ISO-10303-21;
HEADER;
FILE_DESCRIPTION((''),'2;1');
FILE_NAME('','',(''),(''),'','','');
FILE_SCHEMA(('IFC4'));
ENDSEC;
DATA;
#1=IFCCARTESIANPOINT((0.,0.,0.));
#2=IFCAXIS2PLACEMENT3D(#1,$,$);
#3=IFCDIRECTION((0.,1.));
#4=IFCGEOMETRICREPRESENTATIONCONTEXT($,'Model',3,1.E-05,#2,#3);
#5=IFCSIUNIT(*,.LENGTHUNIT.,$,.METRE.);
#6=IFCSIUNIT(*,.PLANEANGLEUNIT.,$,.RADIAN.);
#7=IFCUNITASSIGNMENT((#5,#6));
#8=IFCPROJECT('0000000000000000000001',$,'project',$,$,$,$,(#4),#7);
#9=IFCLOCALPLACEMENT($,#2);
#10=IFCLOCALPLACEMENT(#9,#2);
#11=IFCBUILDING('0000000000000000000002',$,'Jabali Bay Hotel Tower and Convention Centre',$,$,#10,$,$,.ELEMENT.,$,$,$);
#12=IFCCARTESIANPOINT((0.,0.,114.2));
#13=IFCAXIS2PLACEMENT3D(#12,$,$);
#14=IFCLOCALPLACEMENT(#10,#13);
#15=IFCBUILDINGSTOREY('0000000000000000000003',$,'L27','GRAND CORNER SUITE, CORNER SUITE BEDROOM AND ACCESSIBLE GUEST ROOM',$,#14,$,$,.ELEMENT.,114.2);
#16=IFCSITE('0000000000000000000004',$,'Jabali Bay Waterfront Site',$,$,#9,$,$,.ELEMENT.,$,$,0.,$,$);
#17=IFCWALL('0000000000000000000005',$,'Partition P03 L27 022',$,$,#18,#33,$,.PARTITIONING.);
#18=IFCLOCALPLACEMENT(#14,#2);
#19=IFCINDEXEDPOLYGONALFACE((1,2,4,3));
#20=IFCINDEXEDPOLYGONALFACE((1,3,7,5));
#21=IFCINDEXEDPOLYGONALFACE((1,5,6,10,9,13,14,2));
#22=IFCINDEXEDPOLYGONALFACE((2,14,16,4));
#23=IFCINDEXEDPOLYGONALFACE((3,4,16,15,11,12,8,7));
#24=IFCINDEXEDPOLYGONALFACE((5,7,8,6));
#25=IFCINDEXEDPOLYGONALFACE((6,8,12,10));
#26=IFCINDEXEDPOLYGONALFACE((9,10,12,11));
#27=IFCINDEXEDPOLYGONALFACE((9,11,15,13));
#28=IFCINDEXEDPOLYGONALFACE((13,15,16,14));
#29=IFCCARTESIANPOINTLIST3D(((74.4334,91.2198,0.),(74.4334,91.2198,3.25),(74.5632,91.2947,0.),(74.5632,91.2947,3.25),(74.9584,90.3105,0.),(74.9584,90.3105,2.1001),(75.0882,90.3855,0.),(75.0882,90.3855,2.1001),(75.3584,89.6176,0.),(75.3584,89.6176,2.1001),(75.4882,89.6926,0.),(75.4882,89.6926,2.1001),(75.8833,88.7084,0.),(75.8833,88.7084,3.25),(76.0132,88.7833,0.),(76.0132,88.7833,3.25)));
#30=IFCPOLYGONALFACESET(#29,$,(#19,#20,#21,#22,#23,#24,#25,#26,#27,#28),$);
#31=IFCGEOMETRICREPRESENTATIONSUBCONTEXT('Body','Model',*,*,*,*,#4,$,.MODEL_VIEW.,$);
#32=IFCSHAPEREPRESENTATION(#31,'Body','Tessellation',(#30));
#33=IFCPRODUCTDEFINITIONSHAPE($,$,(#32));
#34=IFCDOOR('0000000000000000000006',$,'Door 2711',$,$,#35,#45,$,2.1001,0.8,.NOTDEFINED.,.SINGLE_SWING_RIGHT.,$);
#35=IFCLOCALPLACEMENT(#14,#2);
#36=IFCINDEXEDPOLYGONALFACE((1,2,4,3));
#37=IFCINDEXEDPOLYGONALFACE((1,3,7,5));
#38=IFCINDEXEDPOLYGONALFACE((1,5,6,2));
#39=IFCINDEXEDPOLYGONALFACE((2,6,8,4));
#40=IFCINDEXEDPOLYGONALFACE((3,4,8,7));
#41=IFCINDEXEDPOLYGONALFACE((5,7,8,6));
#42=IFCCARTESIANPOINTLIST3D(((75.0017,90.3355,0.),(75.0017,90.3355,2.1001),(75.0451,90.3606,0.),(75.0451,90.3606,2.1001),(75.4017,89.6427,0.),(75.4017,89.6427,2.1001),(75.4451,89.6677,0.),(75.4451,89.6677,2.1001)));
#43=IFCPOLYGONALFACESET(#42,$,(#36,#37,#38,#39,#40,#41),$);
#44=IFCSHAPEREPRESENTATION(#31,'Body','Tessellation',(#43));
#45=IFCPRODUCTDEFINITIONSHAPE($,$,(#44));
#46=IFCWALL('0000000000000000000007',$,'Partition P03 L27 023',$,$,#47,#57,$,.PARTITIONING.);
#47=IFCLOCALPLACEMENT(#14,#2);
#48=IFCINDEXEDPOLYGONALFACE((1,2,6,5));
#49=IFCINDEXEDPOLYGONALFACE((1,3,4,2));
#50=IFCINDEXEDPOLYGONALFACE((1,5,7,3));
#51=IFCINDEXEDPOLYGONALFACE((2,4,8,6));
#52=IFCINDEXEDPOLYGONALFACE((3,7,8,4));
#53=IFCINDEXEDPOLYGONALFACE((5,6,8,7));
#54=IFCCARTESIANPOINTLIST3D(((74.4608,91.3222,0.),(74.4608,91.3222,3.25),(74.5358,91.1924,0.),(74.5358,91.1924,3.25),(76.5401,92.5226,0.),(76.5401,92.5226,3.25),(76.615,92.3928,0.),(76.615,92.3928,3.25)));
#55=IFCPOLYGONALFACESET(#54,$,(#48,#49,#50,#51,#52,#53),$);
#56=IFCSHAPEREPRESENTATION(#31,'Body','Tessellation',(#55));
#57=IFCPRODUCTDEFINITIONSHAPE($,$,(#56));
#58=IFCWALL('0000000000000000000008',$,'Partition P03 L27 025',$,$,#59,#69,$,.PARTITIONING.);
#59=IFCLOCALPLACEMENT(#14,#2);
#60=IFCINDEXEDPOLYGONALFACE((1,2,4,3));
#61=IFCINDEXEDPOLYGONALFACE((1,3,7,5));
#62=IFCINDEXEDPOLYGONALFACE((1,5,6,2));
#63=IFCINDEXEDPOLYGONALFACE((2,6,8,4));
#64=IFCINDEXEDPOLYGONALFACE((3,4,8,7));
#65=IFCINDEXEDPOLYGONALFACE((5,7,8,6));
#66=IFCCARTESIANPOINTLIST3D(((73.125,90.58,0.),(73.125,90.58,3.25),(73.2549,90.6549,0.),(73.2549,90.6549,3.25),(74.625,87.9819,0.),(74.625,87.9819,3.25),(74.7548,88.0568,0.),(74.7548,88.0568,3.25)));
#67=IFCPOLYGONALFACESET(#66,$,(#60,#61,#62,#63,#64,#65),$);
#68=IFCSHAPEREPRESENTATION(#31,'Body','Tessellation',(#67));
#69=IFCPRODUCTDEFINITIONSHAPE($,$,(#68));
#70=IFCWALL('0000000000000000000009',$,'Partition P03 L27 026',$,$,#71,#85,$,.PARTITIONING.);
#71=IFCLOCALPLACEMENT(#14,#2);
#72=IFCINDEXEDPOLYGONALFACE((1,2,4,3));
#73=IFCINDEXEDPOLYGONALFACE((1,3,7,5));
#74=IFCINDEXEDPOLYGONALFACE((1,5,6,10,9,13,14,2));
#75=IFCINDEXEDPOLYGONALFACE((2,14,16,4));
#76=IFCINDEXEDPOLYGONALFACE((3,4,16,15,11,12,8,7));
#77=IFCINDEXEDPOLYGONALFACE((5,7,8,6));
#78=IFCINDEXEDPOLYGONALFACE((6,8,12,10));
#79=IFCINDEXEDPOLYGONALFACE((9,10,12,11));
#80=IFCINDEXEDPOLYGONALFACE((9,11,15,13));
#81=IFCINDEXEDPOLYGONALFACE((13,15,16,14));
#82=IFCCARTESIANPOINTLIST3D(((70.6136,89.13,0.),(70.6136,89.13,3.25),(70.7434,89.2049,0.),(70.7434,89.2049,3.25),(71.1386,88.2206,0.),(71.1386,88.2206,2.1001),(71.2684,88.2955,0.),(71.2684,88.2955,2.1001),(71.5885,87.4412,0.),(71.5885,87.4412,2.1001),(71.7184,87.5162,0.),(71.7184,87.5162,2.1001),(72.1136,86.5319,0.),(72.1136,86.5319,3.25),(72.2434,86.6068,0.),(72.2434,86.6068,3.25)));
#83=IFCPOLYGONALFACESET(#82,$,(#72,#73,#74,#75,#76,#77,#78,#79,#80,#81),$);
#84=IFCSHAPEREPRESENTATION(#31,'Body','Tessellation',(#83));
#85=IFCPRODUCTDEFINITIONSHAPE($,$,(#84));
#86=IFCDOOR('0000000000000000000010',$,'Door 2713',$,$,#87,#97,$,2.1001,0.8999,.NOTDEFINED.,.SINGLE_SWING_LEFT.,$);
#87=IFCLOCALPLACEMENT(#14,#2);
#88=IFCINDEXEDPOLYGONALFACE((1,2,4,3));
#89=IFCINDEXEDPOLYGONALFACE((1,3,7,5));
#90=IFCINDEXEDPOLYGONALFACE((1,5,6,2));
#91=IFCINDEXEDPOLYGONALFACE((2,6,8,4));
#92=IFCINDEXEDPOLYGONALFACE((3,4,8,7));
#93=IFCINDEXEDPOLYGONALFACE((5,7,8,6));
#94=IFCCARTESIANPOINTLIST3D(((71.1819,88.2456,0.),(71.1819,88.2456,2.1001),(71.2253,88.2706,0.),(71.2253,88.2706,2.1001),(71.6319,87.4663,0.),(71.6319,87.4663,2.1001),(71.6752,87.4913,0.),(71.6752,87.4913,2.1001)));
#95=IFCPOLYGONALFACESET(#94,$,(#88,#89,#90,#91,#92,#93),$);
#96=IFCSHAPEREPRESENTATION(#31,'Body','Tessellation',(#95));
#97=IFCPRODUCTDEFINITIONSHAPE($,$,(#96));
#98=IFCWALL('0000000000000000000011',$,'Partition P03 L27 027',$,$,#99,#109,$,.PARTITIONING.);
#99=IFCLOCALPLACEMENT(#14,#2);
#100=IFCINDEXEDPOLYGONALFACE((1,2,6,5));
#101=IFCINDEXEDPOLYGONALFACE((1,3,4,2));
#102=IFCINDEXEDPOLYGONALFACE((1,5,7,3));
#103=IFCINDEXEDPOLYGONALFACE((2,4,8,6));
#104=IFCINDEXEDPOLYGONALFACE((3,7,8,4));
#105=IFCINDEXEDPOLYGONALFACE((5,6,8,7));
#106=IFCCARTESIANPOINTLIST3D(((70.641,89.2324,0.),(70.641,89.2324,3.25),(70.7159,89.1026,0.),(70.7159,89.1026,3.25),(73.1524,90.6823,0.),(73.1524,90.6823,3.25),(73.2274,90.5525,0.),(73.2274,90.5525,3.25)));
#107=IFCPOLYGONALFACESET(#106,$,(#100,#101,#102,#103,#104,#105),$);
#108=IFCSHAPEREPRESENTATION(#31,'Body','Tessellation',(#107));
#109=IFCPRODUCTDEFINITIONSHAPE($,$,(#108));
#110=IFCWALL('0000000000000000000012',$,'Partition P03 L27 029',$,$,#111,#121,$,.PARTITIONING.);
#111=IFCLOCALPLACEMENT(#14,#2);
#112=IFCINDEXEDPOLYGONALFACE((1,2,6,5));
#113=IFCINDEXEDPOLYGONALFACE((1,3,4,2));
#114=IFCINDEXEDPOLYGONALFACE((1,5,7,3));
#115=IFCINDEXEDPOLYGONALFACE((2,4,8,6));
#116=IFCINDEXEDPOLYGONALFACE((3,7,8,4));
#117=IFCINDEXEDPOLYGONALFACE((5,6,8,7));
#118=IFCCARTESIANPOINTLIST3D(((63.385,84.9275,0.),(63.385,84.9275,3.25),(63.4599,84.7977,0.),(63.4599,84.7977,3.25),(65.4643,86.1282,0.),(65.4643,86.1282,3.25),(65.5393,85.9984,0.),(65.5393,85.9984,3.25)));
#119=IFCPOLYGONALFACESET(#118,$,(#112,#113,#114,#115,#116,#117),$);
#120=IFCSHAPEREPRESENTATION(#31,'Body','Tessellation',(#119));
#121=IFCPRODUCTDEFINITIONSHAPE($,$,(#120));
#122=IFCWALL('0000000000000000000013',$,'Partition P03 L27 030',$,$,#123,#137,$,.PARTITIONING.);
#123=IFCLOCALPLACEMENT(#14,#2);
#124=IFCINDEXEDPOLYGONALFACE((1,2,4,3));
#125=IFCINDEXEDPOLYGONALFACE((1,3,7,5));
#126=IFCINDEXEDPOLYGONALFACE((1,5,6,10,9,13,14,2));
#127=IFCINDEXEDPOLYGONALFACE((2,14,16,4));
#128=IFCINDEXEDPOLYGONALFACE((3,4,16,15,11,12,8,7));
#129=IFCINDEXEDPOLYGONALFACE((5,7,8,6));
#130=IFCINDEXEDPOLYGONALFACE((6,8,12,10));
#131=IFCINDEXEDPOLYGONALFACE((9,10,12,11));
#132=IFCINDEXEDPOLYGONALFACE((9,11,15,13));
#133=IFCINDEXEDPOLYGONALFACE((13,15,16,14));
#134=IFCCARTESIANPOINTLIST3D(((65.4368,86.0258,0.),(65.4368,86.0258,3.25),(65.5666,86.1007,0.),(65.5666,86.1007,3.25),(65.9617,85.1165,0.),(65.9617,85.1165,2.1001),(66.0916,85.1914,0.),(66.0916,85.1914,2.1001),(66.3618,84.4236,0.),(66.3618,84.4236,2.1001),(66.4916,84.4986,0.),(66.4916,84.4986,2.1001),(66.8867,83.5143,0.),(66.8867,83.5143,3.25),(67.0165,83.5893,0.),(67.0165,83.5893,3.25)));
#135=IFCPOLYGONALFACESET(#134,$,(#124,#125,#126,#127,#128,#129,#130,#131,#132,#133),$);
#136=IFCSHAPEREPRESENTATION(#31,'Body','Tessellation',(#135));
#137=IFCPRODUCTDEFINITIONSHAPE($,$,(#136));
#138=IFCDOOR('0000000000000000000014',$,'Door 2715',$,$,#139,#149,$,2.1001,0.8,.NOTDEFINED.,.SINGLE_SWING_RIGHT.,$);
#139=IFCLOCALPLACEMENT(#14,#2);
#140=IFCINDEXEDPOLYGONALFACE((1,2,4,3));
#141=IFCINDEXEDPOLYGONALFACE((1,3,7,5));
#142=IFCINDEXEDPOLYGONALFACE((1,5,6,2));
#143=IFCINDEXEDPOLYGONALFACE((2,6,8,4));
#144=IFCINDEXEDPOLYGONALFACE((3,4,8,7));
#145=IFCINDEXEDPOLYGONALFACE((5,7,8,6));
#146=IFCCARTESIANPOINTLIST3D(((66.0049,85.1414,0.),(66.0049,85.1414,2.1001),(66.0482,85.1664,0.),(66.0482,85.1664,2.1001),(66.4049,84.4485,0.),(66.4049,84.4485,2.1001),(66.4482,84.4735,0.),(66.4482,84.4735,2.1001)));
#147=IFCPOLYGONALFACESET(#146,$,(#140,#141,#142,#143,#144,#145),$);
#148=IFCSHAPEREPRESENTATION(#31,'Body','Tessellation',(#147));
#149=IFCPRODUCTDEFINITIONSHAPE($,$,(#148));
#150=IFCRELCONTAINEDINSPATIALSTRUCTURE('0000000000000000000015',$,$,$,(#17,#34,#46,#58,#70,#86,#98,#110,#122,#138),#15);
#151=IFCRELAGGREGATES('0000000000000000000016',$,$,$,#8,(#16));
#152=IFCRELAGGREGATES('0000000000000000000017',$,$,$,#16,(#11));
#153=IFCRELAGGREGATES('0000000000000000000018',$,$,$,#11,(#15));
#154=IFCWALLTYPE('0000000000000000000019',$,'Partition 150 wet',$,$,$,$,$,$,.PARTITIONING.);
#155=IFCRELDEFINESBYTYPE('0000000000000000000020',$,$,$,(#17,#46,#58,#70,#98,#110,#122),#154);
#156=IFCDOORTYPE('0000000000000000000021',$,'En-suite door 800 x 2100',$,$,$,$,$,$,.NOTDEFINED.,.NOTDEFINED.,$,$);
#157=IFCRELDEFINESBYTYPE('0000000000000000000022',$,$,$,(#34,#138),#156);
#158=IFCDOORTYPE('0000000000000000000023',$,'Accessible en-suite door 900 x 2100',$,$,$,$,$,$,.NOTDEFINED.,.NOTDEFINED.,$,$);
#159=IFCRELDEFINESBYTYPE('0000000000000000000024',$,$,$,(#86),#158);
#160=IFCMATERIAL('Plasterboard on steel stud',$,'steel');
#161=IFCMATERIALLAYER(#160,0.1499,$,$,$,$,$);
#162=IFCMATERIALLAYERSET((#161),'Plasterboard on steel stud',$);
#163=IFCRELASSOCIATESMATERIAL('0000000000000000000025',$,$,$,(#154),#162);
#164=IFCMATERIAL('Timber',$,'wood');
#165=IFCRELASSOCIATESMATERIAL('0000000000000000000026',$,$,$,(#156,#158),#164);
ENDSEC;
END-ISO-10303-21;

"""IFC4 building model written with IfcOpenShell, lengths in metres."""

from ifc_helpers import new_model, si_unit, direction, frame, frame_2d, origin, place, context, subcontext, project, spatial, rectangle, extrude, material, layer, layer_set, type_object, element, fill, save


model = new_model("IFC4")

# Units and contexts
model_context = context("Model", 3, precision=1e-05, world=origin(), true_north=direction((0.0, 1.0)))
body_context = subcontext(model_context, "Body", "Model", "MODEL_VIEW")
ifc_project = project(units=[si_unit("LENGTHUNIT", "METRE"), si_unit("PLANEANGLEUNIT", "RADIAN")], contexts=[model_context])

# Site, building, storey
site_placement = place(None, origin())
site = spatial("IfcSite", under=ifc_project, at=site_placement, Name="Jabali Bay Waterfront Site", CompositionType="ELEMENT", RefElevation=0.0)
building_placement = place(site_placement, origin())
building = spatial("IfcBuilding", under=site, at=building_placement, Name="Jabali Bay Hotel Tower and Convention Centre", CompositionType="ELEMENT")
storey_placement = place(building_placement, frame((0.0, 0.0, 114.2)))
storey = spatial("IfcBuildingStorey", under=building, at=storey_placement, Name="L27", Description="GRAND CORNER SUITE, CORNER SUITE BEDROOM AND ACCESSIBLE GUEST ROOM", CompositionType="ELEMENT", Elevation=114.2)

# Shared definitions
ifc_material_1 = material(Name="Timber", Category="wood")

# Wall, opening, door
ifc_material_2 = material(Name="Plasterboard on steel stud", Category="steel")
ifc_layer_1 = layer(ifc_material_2, 0.1499)
ifc_layer_set_1 = layer_set([ifc_layer_1], Name="Plasterboard on steel stud")
wall_type_1 = type_object("IfcWallType", Name="Partition 150 wet", PredefinedType="PARTITIONING", material=ifc_layer_set_1)
wall_1_placement = place(storey_placement, frame((75.9482, 88.7458, 0.0), z_axis=(0.0, 0.0, 1.0), x_axis=(-0.499987, 0.866033, 0.0)))
wall_1 = element("IfcWall", 1, at=wall_1_placement, inside=storey, type_object=wall_type_1, Name="Partition P03 L27 022", PredefinedType="PARTITIONING", context=body_context, shape_type="SweptSolid", body=[
    extrude(rectangle(XDim=2.8999, YDim=0.1499, at=frame_2d((1.45, 0.0))), origin(), (0.0, 0.0, 1.0), 3.25),
])
opening_1_placement = place(wall_1_placement, frame((1.05, 0.0, 0.0)))
opening_1 = element("IfcOpeningElement", 2, at=opening_1_placement, cuts=wall_1, PredefinedType="OPENING", context=body_context, shape_type="SweptSolid", body=[
    extrude(rectangle(XDim=0.8, YDim=2.1001, at=frame_2d((0.3999, 1.05))), frame((0.0, 0.0854, 0.0), z_axis=(0.0, -1.0, 0.0), x_axis=(1.0, 0.0, 0.0)), (0.0, 0.0, 1.0), 0.1709),
])
door_type_1 = type_object("IfcDoorType", Name="En-suite door 800 x 2100", OperationType="NOTDEFINED", PredefinedType="NOTDEFINED", material=ifc_material_1)
door_1_placement = place(opening_1_placement, origin())
door_1 = element("IfcDoor", 3, at=door_1_placement, inside=storey, type_object=door_type_1, Name="Door 2711", OperationType="SINGLE_SWING_RIGHT", OverallHeight=2.1001, OverallWidth=0.8, PredefinedType="NOTDEFINED", context=body_context, shape_type="SweptSolid", body=[
    extrude(rectangle(XDim=0.8, YDim=2.1001, at=frame_2d((0.3999, 1.05))), frame((0.0, 0.0249, 0.0), z_axis=(0.0, -1.0, 0.0), x_axis=(1.0, 0.0, 0.0)), (0.0, 0.0, 1.0), 0.05),
])
fill(opening_1, door_1)

# Walls
wall_2_placement = place(storey_placement, frame((74.4983, 91.2573, 0.0), z_axis=(0.0, 0.0, 1.0), x_axis=(0.866038, 0.499978, 0.0)))
element("IfcWall", 4, at=wall_2_placement, inside=storey, type_object=wall_type_1, Name="Partition P03 L27 023", PredefinedType="PARTITIONING", context=body_context, shape_type="SweptSolid", body=[
    extrude(rectangle(XDim=2.4009, YDim=0.1499, at=frame_2d((1.2004, 0.0))), origin(), (0.0, 0.0, 1.0), 3.25),
])
wall_3_placement = place(storey_placement, frame((73.1899, 90.6174, 0.0), z_axis=(0.0, 0.0, 1.0), x_axis=(0.49999, -0.866031, 0.0)))
element("IfcWall", 5, at=wall_3_placement, inside=storey, type_object=wall_type_1, Name="Partition P03 L27 025", PredefinedType="PARTITIONING", context=body_context, shape_type="SweptSolid", body=[
    extrude(rectangle(XDim=3.0, YDim=0.1499, at=frame_2d((1.5, 0.0))), origin(), (0.0, 0.0, 1.0), 3.25),
])

# Wall, opening, door
wall_4_placement = place(storey_placement, frame((72.1785, 86.5693, 0.0), z_axis=(0.0, 0.0, 1.0), x_axis=(-0.49999, 0.866031, 0.0)))
wall_4 = element("IfcWall", 6, at=wall_4_placement, inside=storey, type_object=wall_type_1, Name="Partition P03 L27 026", PredefinedType="PARTITIONING", context=body_context, shape_type="SweptSolid", body=[
    extrude(rectangle(XDim=3.0, YDim=0.1499, at=frame_2d((1.5, 0.0))), origin(), (0.0, 0.0, 1.0), 3.25),
])
opening_2_placement = place(wall_4_placement, frame((1.05, 0.0, 0.0)))
opening_2 = element("IfcOpeningElement", 7, at=opening_2_placement, cuts=wall_4, PredefinedType="OPENING", context=body_context, shape_type="SweptSolid", body=[
    extrude(rectangle(XDim=0.8999, YDim=2.1001, at=frame_2d((0.45, 1.05))), frame((0.0, 0.0854, 0.0), z_axis=(0.0, -1.0, 0.0), x_axis=(1.0, 0.0, 0.0)), (0.0, 0.0, 1.0), 0.1709),
])
door_type_2 = type_object("IfcDoorType", Name="Accessible en-suite door 900 x 2100", OperationType="NOTDEFINED", PredefinedType="NOTDEFINED", material=ifc_material_1)
door_2_placement = place(opening_2_placement, origin())
door_2 = element("IfcDoor", 8, at=door_2_placement, inside=storey, type_object=door_type_2, Name="Door 2713", OperationType="SINGLE_SWING_LEFT", OverallHeight=2.1001, OverallWidth=0.8999, PredefinedType="NOTDEFINED", context=body_context, shape_type="SweptSolid", body=[
    extrude(rectangle(XDim=0.8999, YDim=2.1001, at=frame_2d((0.45, 1.05))), frame((0.0, 0.0249, 0.0), z_axis=(0.0, -1.0, 0.0), x_axis=(1.0, 0.0, 0.0)), (0.0, 0.0, 1.0), 0.05),
])
fill(opening_2, door_2)

# Walls
wall_5_placement = place(storey_placement, frame((70.6785, 89.1675, 0.0), z_axis=(0.0, 0.0, 1.0), x_axis=(0.866033, 0.499987, 0.0)))
element("IfcWall", 9, at=wall_5_placement, inside=storey, type_object=wall_type_1, Name="Partition P03 L27 027", PredefinedType="PARTITIONING", context=body_context, shape_type="SweptSolid", body=[
    extrude(rectangle(XDim=2.8999, YDim=0.1499, at=frame_2d((1.45, 0.0))), origin(), (0.0, 0.0, 1.0), 3.25),
])
wall_6_placement = place(storey_placement, frame((63.4224, 84.8625, 0.0), z_axis=(0.0, 0.0, 1.0), x_axis=(0.865994, 0.500054, 0.0)))
element("IfcWall", 10, at=wall_6_placement, inside=storey, type_object=wall_type_1, Name="Partition P03 L27 029", PredefinedType="PARTITIONING", context=body_context, shape_type="SweptSolid", body=[
    extrude(rectangle(XDim=2.4011, YDim=0.1499, at=frame_2d((1.2007, 0.0))), origin(), (0.0, 0.0, 1.0), 3.25),
])

# Wall, opening, door
wall_7_placement = place(storey_placement, frame((65.5017, 86.0632, 0.0), z_axis=(0.0, 0.0, 1.0), x_axis=(0.499987, -0.866033, 0.0)))
wall_7 = element("IfcWall", 11, at=wall_7_placement, inside=storey, type_object=wall_type_1, Name="Partition P03 L27 030", PredefinedType="PARTITIONING", context=body_context, shape_type="SweptSolid", body=[
    extrude(rectangle(XDim=2.8999, YDim=0.1499, at=frame_2d((1.45, 0.0))), origin(), (0.0, 0.0, 1.0), 3.25),
])
opening_3_placement = place(wall_7_placement, frame((1.05, 0.0, 0.0)))
opening_3 = element("IfcOpeningElement", 12, at=opening_3_placement, cuts=wall_7, PredefinedType="OPENING", context=body_context, shape_type="SweptSolid", body=[
    extrude(rectangle(XDim=0.8, YDim=2.1001, at=frame_2d((0.3999, 1.05))), frame((0.0, 0.0854, 0.0), z_axis=(0.0, -1.0, 0.0), x_axis=(1.0, 0.0, 0.0)), (0.0, 0.0, 1.0), 0.1709),
])
door_3_placement = place(opening_3_placement, origin())
door_3 = element("IfcDoor", 13, at=door_3_placement, inside=storey, type_object=door_type_1, Name="Door 2715", OperationType="SINGLE_SWING_RIGHT", OverallHeight=2.1001, OverallWidth=0.8, PredefinedType="NOTDEFINED", context=body_context, shape_type="SweptSolid", body=[
    extrude(rectangle(XDim=0.8, YDim=2.1001, at=frame_2d((0.3999, 1.05))), frame((0.0, 0.0249, 0.0), z_axis=(0.0, -1.0, 0.0), x_axis=(1.0, 0.0, 0.0)), (0.0, 0.0, 1.0), 0.05),
])
fill(opening_3, door_3)

save(model, "model.ifc")
